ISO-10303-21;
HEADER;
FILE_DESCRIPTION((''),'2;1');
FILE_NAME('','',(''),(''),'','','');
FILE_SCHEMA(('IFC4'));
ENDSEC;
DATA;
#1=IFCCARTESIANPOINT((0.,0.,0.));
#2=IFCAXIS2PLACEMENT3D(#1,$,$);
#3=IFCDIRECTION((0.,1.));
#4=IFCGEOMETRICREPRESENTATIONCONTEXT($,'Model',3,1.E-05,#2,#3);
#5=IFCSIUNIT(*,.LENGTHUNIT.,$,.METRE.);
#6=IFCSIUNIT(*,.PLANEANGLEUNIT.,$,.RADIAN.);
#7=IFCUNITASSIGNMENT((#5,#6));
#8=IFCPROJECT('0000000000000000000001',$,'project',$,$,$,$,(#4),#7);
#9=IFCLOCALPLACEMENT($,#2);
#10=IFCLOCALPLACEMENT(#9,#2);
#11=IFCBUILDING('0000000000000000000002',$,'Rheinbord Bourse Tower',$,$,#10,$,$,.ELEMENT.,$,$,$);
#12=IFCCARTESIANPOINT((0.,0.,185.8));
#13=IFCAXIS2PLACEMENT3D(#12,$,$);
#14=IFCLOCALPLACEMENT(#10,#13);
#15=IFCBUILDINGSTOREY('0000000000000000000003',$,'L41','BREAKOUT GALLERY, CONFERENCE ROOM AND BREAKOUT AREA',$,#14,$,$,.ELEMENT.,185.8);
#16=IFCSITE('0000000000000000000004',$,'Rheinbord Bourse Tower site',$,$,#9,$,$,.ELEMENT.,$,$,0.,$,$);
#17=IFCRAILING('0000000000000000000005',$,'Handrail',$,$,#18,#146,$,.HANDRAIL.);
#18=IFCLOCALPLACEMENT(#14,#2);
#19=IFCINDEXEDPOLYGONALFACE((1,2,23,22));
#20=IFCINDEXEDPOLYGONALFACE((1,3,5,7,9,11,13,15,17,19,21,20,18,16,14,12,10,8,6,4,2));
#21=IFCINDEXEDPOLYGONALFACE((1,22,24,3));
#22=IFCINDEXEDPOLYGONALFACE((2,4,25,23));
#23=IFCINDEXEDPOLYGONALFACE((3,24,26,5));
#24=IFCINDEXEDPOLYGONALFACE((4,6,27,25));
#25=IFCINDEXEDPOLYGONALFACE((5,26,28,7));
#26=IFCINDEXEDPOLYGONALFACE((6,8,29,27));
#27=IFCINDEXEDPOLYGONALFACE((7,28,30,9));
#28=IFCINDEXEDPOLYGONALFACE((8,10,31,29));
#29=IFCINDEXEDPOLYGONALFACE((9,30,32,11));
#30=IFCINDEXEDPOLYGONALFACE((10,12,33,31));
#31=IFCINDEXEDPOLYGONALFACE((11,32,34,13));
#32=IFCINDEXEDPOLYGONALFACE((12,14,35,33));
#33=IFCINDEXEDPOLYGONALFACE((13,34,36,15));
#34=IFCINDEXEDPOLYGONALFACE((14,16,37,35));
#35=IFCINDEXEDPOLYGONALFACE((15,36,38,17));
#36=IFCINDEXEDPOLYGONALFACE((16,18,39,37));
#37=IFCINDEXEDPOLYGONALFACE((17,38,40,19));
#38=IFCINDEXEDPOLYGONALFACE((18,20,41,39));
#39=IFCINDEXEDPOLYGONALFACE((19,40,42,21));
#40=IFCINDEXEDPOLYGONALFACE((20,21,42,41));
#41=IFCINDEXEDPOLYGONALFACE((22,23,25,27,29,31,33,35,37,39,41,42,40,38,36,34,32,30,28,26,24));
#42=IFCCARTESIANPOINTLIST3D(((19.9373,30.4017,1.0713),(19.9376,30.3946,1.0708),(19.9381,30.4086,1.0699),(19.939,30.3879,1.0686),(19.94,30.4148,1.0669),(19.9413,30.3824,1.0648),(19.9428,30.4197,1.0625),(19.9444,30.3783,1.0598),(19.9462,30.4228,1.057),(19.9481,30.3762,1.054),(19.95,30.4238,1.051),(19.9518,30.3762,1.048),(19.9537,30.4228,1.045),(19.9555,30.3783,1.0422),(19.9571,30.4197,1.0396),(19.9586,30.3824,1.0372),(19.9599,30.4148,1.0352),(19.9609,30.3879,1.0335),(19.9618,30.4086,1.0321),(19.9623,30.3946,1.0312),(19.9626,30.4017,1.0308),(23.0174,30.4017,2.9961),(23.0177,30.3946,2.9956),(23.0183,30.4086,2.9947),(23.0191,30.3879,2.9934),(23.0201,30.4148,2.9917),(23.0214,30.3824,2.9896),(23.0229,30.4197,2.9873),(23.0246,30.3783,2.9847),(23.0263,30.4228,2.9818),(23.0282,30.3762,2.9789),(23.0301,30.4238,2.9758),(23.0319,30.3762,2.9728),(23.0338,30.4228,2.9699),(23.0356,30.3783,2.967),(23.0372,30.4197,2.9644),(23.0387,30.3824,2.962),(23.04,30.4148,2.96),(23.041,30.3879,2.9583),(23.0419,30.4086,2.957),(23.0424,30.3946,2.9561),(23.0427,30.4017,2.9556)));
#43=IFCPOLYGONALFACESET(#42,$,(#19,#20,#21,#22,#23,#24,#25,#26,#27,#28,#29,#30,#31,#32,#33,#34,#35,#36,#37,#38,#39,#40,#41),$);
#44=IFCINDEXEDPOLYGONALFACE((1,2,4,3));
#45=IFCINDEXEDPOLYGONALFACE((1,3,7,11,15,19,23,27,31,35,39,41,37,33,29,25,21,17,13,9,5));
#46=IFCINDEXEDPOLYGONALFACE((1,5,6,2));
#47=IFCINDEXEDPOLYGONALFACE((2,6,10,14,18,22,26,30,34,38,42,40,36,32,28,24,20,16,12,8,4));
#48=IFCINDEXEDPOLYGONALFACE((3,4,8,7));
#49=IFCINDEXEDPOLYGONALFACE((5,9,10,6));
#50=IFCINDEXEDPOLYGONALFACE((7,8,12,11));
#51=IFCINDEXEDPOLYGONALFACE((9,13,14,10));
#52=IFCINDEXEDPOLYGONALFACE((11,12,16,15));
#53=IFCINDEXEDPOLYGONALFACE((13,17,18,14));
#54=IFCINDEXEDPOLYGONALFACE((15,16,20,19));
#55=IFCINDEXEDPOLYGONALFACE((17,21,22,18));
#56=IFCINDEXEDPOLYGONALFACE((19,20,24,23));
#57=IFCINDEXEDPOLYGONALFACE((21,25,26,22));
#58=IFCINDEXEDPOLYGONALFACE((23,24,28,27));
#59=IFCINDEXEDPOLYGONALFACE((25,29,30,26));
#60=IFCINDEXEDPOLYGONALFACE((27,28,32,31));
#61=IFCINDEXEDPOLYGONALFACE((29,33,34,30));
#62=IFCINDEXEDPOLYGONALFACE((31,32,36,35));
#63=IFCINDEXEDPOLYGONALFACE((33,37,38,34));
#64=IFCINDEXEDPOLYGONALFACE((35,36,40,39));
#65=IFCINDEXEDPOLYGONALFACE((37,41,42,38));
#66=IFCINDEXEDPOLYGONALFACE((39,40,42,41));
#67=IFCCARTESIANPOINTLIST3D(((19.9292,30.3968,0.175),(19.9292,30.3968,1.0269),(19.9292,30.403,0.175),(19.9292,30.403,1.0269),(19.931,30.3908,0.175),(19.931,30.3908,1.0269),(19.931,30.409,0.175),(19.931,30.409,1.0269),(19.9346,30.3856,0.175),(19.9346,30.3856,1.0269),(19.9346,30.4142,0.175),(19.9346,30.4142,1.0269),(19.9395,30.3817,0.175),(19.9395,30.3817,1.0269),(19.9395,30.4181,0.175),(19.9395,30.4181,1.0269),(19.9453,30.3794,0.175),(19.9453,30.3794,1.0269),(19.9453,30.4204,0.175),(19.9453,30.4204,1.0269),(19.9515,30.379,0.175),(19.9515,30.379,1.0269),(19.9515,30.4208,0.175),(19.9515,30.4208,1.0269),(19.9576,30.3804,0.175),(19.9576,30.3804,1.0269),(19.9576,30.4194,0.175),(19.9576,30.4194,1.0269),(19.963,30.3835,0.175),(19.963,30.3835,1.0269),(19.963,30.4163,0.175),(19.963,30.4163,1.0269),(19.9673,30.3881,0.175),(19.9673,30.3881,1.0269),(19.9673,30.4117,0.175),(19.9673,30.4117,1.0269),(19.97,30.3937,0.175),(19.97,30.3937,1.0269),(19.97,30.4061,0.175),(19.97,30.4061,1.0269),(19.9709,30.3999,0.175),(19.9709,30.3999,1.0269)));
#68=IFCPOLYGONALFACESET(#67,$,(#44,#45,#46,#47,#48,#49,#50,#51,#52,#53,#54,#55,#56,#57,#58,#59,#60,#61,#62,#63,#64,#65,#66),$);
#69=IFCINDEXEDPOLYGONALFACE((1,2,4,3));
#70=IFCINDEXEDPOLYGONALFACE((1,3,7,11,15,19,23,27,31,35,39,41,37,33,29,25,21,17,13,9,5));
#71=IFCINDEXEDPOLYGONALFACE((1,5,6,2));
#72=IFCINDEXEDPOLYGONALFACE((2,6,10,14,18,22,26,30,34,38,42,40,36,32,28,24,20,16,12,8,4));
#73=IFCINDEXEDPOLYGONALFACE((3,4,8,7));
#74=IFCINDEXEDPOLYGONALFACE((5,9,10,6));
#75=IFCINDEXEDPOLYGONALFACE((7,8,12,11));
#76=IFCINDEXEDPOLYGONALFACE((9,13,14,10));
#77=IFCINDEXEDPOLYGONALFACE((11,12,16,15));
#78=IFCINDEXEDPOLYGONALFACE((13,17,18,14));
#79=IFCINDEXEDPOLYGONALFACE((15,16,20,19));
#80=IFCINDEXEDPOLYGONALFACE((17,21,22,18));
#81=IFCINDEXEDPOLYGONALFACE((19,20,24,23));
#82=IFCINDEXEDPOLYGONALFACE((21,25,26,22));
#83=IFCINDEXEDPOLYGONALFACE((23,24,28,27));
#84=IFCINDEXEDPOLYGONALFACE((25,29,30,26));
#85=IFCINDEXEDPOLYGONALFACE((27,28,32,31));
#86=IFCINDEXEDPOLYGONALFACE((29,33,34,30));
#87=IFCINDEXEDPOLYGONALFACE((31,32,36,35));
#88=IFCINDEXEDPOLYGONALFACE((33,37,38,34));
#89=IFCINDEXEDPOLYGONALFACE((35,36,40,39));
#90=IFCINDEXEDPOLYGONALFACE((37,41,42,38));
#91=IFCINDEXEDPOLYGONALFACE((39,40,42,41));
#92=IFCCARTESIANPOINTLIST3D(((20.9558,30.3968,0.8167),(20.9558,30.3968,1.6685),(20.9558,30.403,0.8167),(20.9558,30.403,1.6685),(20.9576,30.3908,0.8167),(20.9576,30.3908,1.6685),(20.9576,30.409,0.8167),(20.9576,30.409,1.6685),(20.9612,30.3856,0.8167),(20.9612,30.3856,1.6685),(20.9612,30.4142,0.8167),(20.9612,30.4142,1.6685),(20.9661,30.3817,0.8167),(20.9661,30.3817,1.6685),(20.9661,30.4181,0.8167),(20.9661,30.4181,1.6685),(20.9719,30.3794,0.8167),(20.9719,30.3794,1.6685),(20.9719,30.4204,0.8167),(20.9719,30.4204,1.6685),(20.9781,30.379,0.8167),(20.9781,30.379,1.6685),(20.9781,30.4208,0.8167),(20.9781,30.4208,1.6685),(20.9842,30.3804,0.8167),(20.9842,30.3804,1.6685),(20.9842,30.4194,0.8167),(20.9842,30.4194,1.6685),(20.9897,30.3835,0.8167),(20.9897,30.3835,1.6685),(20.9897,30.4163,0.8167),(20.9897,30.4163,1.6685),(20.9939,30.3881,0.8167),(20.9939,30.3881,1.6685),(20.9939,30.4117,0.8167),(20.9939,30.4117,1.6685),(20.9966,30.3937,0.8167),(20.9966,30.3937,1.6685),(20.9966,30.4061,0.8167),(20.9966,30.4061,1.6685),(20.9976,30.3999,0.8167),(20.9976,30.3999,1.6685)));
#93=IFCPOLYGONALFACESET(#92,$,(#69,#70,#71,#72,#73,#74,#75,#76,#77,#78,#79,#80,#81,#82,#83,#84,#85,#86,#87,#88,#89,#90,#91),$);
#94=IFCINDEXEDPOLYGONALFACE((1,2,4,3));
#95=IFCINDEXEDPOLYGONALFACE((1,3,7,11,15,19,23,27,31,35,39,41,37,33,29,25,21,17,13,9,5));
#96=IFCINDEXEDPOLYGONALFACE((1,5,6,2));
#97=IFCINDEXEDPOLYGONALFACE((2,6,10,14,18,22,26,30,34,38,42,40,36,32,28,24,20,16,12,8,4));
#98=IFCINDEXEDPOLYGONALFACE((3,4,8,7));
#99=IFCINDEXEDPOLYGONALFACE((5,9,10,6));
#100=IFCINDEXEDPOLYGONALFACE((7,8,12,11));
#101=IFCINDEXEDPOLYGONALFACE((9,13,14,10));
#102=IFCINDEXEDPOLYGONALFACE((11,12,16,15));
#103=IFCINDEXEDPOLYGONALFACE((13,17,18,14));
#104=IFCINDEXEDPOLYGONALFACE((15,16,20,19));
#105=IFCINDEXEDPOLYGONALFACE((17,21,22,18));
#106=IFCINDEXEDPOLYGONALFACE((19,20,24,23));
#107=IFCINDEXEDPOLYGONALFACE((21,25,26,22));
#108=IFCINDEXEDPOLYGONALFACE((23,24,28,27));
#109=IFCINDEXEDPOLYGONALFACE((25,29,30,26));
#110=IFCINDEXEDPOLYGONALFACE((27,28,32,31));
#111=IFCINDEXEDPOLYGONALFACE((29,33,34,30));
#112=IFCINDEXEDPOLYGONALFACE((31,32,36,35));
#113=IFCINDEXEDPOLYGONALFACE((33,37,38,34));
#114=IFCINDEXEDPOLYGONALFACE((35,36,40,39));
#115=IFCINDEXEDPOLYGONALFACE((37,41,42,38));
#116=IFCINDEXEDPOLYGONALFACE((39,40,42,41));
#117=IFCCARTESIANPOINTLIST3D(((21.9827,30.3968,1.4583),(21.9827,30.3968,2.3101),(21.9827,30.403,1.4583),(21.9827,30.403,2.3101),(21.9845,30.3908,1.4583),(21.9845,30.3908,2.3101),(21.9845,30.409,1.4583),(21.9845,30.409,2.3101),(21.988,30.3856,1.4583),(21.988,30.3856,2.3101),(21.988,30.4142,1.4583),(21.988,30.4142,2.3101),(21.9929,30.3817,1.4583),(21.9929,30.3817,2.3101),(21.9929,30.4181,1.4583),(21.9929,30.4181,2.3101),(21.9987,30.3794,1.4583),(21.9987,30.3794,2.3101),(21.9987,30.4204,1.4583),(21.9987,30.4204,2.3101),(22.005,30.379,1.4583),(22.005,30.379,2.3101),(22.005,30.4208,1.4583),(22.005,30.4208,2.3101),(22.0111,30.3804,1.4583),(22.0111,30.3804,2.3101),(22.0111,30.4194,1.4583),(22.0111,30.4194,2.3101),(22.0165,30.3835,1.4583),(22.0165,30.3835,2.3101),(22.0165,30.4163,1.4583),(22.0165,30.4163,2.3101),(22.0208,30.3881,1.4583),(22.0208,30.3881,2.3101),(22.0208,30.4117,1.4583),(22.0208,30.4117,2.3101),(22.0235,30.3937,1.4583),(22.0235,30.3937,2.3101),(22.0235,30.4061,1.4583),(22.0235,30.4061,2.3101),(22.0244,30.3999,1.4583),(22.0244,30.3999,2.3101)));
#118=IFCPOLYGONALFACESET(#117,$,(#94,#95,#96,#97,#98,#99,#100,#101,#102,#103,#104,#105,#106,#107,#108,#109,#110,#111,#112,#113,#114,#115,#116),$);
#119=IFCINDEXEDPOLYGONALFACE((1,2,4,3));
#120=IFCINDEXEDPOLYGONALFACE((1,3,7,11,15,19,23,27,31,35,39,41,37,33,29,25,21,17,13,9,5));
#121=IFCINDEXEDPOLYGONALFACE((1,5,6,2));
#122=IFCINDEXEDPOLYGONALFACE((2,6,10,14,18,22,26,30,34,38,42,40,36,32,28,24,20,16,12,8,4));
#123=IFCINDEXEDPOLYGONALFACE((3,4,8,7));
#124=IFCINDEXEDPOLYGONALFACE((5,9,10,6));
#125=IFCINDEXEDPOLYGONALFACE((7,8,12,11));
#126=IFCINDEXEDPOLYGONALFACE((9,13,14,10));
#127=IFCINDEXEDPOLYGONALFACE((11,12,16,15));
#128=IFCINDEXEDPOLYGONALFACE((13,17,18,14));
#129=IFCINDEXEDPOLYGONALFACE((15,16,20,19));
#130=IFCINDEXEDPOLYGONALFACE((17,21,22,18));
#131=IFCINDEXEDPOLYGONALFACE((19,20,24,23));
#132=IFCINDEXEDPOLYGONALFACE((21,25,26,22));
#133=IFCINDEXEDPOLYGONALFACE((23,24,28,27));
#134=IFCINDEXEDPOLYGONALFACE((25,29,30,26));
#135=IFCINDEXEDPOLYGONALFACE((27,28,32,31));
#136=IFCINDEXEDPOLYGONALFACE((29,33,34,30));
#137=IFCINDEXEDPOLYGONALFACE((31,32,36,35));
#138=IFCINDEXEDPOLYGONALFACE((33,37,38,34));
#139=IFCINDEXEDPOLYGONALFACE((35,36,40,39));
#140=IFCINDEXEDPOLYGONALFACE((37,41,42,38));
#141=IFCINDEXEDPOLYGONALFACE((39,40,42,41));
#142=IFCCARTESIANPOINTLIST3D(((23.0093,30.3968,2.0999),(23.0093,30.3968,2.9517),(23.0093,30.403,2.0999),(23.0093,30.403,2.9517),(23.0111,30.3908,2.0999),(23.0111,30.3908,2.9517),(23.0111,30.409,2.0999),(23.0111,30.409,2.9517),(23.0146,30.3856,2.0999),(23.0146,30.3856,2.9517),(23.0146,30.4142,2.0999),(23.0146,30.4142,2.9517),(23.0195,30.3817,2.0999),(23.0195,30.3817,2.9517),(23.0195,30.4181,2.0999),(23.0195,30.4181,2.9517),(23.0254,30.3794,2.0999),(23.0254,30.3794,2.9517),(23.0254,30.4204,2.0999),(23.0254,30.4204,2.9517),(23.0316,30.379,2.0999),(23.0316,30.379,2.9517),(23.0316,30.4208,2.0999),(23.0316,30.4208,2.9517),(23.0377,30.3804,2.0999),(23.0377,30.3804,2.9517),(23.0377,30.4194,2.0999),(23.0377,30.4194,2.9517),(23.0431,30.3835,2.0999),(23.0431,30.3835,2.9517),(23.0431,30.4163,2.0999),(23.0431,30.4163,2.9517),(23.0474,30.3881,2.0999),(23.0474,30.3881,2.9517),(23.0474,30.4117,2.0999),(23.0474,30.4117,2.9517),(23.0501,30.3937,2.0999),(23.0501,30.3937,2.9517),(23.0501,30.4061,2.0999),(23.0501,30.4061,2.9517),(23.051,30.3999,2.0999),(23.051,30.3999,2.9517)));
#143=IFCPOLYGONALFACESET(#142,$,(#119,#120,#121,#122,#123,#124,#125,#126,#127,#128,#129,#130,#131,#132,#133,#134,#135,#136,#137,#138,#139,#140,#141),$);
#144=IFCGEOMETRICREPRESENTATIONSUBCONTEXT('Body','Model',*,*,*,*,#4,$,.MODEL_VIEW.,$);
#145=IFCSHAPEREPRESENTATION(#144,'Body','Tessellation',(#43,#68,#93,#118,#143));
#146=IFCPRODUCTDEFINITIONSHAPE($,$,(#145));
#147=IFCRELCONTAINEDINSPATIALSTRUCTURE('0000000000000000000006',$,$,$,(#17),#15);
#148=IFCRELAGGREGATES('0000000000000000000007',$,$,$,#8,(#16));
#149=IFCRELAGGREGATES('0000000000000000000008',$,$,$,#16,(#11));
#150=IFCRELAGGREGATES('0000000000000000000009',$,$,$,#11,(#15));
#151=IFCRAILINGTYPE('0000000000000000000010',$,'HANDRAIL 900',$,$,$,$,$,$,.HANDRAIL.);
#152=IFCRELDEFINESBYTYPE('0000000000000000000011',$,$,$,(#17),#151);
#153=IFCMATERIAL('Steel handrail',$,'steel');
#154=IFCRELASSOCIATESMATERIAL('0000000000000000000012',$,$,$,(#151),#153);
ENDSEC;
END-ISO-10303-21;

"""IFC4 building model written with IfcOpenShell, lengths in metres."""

from ifc_helpers import new_model, si_unit, direction, frame, origin, origin_2d, place, context, subcontext, project, spatial, circle, extrude, material, type_object, element, save


model = new_model("IFC4")

# Units and contexts
model_context = context("Model", 3, precision=1e-05, world=origin(), true_north=direction((0.0, 1.0)))
body_context = subcontext(model_context, "Body", "Model", "MODEL_VIEW")
ifc_project = project(units=[si_unit("LENGTHUNIT", "METRE"), si_unit("PLANEANGLEUNIT", "RADIAN")], contexts=[model_context])

# Site, building, storey
site_placement = place(None, origin())
site = spatial("IfcSite", under=ifc_project, at=site_placement, Name="Rheinbord Bourse Tower site", CompositionType="ELEMENT", RefElevation=0.0)
building_placement = place(site_placement, origin())
building = spatial("IfcBuilding", under=site, at=building_placement, Name="Rheinbord Bourse Tower", CompositionType="ELEMENT")
storey_placement = place(building_placement, frame((0.0, 0.0, 185.8)))
storey = spatial("IfcBuildingStorey", under=building, at=storey_placement, Name="L41", Description="BREAKOUT GALLERY, CONFERENCE ROOM AND BREAKOUT AREA", CompositionType="ELEMENT", Elevation=185.8)

# Railing
ifc_material_1 = material(Name="Steel handrail", Category="steel")
railing_type = type_object("IfcRailingType", Name="HANDRAIL 900", PredefinedType="HANDRAIL", material=ifc_material_1)
railing_1_placement = place(storey_placement, frame((19.95, 30.3999, 0.175)))
element("IfcRailing", 1, at=railing_1_placement, inside=storey, type_object=railing_type, Name="Handrail", PredefinedType="HANDRAIL", context=body_context, shape_type="SweptSolid", body=[
    extrude(circle(Radius=0.0239, at=origin_2d()), frame((0.0, 0.0, 0.876), z_axis=(0.848029, 0.0, 0.529951), x_axis=(0.0, 1.0, 0.0)), (0.0, 0.0, 1.0), 3.6321),
    extrude(circle(Radius=0.021, at=origin_2d()), origin(), (0.0, 0.0, 1.0), 0.8518),
    extrude(circle(Radius=0.021, at=origin_2d()), frame((1.0266, 0.0, 0.6416)), (0.0, 0.0, 1.0), 0.8518),
    extrude(circle(Radius=0.021, at=origin_2d()), frame((2.0535, 0.0, 1.2832)), (0.0, 0.0, 1.0), 0.8518),
    extrude(circle(Radius=0.021, at=origin_2d()), frame((3.0801, 0.0, 1.9248)), (0.0, 0.0, 1.0), 0.8518),
])

save(model, "model.ifc")
